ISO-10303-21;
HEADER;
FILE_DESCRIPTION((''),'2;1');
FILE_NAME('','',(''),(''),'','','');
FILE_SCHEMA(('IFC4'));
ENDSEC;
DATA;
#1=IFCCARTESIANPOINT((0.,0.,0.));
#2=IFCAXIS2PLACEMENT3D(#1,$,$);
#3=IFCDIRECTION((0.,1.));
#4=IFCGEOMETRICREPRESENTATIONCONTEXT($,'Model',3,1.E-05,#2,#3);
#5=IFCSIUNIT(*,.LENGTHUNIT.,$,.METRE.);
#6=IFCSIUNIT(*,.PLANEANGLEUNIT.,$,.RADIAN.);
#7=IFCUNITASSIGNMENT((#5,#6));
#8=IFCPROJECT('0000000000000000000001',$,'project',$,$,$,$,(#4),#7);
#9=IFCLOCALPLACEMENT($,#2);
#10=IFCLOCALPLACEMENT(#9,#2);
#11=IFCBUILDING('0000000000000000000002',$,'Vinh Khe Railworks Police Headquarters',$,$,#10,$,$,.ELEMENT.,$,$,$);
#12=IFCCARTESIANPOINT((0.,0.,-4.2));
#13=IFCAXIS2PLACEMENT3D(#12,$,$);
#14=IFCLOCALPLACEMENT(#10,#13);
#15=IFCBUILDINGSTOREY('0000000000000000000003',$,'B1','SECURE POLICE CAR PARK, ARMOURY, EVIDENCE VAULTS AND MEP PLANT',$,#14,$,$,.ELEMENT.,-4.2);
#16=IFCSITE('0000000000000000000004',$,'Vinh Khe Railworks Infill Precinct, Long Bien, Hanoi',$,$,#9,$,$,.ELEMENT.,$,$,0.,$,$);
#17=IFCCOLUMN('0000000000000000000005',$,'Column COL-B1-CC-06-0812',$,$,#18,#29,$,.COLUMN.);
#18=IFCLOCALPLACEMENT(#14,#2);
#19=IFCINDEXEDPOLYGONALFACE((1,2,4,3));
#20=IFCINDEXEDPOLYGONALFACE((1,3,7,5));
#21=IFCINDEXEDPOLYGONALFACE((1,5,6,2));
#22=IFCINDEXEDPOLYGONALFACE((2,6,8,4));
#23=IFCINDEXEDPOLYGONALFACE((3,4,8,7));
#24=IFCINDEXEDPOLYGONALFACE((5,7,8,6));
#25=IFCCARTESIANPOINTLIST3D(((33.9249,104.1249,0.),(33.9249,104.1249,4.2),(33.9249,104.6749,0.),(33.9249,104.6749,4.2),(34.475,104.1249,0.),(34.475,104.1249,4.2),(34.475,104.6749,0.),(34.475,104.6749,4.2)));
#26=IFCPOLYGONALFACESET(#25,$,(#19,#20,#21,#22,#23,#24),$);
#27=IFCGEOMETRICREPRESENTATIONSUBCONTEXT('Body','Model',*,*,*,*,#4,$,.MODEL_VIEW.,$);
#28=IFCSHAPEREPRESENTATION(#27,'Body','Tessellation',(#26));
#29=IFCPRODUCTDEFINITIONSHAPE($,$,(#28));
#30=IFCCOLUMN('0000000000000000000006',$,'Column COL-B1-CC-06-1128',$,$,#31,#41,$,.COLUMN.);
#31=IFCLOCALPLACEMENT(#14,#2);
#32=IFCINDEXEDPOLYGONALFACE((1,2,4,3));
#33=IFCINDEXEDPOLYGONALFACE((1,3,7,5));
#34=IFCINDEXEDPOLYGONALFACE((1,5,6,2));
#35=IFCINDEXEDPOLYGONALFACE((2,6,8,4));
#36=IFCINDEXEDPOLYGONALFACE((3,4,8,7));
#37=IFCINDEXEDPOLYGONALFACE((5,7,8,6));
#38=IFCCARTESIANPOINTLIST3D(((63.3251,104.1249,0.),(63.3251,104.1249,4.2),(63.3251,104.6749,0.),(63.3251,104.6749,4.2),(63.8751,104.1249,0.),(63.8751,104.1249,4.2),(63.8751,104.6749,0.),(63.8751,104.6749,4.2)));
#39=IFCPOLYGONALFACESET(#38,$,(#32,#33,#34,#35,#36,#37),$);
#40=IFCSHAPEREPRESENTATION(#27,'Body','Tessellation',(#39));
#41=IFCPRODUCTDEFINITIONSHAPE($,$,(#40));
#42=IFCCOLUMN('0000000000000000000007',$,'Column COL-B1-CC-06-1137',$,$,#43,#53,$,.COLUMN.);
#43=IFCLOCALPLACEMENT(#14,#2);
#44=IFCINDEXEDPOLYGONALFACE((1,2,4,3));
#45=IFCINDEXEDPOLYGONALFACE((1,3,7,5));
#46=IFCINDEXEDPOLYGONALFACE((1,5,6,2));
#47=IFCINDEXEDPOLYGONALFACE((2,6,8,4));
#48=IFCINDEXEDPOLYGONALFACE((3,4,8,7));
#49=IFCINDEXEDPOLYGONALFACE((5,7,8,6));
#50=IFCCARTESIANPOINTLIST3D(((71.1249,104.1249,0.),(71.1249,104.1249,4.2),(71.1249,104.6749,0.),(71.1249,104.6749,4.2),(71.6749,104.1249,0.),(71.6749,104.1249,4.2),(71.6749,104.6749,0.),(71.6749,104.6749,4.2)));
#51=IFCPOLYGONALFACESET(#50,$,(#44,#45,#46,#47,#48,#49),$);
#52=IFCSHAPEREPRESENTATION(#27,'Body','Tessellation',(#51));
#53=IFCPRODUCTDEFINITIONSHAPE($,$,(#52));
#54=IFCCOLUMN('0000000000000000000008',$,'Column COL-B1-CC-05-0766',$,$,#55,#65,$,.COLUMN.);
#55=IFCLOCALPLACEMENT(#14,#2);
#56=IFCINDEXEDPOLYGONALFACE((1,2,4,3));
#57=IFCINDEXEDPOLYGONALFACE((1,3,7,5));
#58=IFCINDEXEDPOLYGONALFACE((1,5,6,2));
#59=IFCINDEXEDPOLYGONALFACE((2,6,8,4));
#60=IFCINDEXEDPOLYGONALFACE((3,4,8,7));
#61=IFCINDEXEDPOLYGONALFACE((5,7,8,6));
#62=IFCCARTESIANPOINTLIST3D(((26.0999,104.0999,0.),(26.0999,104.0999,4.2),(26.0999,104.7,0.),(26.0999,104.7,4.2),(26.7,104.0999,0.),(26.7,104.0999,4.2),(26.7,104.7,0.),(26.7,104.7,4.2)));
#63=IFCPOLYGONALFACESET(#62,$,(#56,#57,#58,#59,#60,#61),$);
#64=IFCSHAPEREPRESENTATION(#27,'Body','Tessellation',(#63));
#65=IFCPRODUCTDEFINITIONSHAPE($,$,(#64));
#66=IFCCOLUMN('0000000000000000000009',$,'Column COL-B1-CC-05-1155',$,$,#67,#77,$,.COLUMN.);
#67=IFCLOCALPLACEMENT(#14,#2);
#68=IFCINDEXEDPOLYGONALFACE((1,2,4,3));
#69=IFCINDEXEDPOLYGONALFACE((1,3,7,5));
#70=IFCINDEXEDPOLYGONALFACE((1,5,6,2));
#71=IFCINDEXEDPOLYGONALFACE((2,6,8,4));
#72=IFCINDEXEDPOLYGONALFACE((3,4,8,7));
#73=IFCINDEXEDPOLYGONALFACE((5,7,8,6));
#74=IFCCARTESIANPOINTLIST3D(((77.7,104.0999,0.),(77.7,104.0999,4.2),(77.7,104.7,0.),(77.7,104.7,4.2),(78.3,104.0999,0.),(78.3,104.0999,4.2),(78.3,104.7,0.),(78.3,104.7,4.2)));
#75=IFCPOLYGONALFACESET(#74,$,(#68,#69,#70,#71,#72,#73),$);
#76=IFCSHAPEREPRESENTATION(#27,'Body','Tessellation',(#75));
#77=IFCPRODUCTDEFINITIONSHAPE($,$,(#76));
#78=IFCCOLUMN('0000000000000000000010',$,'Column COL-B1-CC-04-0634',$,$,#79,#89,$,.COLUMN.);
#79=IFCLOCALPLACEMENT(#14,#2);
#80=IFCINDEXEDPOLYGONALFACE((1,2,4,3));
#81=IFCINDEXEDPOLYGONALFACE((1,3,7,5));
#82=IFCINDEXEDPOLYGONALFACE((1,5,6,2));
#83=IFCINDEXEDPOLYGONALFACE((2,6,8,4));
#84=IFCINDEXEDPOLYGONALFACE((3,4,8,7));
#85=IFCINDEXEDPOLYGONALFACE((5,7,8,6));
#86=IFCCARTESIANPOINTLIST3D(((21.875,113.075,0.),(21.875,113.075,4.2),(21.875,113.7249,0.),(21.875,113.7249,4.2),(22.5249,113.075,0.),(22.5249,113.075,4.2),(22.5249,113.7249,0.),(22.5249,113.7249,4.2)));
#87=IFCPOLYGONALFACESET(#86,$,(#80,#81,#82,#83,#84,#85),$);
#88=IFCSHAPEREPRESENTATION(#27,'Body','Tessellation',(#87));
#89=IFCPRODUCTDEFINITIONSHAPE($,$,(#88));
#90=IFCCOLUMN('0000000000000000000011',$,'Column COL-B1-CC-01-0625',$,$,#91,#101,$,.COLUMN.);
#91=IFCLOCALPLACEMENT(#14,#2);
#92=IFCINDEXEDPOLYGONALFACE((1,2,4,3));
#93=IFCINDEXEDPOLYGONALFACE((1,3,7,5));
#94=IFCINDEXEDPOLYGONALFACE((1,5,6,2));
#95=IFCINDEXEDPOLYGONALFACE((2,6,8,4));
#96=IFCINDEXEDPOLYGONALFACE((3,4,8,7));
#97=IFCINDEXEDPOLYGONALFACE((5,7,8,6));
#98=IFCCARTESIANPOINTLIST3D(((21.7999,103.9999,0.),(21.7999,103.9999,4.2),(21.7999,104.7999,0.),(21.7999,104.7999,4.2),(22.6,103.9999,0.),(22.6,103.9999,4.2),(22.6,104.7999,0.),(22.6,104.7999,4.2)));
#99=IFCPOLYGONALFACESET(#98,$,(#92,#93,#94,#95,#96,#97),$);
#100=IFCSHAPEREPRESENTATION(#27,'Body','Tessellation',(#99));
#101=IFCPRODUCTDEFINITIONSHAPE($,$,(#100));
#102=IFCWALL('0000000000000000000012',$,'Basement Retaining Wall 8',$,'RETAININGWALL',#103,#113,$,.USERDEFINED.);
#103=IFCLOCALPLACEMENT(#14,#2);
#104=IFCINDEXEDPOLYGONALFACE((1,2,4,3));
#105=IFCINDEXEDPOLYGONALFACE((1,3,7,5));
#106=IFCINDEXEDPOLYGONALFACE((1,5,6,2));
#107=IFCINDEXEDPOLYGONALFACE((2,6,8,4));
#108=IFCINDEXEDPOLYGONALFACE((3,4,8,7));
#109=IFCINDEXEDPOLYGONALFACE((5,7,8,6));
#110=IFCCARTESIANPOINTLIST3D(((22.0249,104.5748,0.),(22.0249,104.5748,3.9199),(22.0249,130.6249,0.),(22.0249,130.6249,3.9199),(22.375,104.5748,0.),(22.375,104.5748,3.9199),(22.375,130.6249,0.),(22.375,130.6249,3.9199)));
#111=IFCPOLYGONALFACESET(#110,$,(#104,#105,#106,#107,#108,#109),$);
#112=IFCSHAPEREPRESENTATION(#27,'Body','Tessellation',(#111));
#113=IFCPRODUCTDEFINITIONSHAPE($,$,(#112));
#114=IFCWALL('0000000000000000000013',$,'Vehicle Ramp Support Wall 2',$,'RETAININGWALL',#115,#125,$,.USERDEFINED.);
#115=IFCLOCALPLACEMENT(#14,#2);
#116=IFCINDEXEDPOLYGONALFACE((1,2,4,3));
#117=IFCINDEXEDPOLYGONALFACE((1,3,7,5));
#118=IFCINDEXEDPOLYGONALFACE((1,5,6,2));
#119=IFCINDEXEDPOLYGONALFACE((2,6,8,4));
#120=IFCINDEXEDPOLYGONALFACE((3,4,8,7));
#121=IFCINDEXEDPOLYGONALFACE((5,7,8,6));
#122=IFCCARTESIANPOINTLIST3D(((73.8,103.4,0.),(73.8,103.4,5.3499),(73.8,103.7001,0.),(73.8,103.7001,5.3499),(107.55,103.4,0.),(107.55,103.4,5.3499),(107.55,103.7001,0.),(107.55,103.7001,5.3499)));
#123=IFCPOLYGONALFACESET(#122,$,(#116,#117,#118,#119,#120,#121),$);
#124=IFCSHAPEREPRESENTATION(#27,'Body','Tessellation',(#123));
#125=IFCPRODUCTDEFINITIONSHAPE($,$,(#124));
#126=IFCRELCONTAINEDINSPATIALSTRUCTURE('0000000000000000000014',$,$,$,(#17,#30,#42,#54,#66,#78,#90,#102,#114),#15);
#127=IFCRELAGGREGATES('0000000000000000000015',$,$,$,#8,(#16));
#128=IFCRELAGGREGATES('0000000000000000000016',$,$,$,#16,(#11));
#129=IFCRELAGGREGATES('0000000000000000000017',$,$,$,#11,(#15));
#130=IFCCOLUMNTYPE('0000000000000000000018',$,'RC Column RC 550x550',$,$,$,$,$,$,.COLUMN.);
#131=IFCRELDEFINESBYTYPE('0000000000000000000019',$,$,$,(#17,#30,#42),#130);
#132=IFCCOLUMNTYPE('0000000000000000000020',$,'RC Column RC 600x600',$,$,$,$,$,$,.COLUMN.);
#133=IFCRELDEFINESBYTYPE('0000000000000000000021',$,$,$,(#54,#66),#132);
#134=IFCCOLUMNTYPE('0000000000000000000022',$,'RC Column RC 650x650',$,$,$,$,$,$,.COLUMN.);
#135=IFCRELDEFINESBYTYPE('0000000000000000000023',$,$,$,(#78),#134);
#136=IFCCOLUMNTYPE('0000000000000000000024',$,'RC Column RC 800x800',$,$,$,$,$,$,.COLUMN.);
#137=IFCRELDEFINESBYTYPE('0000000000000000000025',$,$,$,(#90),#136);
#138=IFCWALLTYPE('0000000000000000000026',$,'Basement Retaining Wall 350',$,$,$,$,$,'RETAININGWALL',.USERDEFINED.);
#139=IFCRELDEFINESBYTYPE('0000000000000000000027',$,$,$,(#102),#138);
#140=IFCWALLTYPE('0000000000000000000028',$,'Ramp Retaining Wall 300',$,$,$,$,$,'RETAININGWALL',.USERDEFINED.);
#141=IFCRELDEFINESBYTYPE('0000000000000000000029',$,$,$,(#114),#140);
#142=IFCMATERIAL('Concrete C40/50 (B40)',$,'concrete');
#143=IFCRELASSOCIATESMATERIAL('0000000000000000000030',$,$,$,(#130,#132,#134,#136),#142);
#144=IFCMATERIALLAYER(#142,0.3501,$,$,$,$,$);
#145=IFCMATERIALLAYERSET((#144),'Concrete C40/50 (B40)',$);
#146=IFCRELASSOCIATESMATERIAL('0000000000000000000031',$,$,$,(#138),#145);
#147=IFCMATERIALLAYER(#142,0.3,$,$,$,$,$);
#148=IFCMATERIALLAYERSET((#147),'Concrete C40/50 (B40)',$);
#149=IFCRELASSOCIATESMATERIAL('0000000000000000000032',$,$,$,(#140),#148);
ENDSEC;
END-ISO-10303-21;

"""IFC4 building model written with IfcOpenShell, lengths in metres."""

from ifc_helpers import new_model, si_unit, direction, frame, frame_2d, origin, origin_2d, place, context, subcontext, project, spatial, rectangle, extrude, material, layer, layer_set, material_profile, profile_set, type_object, element, save


model = new_model("IFC4")

# Units and contexts
model_context = context("Model", 3, precision=1e-05, world=origin(), true_north=direction((0.0, 1.0)))
body_context = subcontext(model_context, "Body", "Model", "MODEL_VIEW")
ifc_project = project(units=[si_unit("LENGTHUNIT", "METRE"), si_unit("PLANEANGLEUNIT", "RADIAN")], contexts=[model_context])

# Site, building, storey
site_placement = place(None, origin())
site = spatial("IfcSite", under=ifc_project, at=site_placement, Name="Vinh Khe Railworks Infill Precinct, Long Bien, Hanoi", CompositionType="ELEMENT", RefElevation=0.0)
building_placement = place(site_placement, origin())
building = spatial("IfcBuilding", under=site, at=building_placement, Name="Vinh Khe Railworks Police Headquarters", CompositionType="ELEMENT")
storey_placement = place(building_placement, frame((0.0, 0.0, -4.2)))
storey = spatial("IfcBuildingStorey", under=building, at=storey_placement, Name="B1", Description="SECURE POLICE CAR PARK, ARMOURY, EVIDENCE VAULTS AND MEP PLANT", CompositionType="ELEMENT", Elevation=-4.2)

# Columns
ifc_material_1 = material(Name="Concrete C40/50 (B40)", Category="concrete")
ifc_material_profile_1 = material_profile(ifc_material_1, rectangle(XDim=0.55, YDim=0.55, at=origin_2d()), Name="RC 550x550")
ifc_profile_set_1 = profile_set([ifc_material_profile_1], Name="Concrete C40/50 (B40)")
column_type_1 = type_object("IfcColumnType", Name="RC Column RC 550x550", PredefinedType="COLUMN", material=ifc_profile_set_1)
for number, where, z_axis, x_axis, name in (
    (1, (34.2, 104.3999, 0.0), (0.0, 0.0, 1.0), (1.0, 0.0, 0.0), "Column COL-B1-CC-06-0812"),
    (2, (63.6001, 104.3999, 0.0), (0.0, 0.0, 1.0), (1.0, 0.0, 0.0), "Column COL-B1-CC-06-1128"),
    (3, (71.3999, 104.3999, 0.0), (0.0, 0.0, 1.0), (1.0, 0.0, 0.0), "Column COL-B1-CC-06-1137"),
):
    element("IfcColumn", number, at=place(storey_placement, frame(where, z_axis=z_axis, x_axis=x_axis)), inside=storey, type_object=column_type_1, Name=name, PredefinedType="COLUMN", context=body_context, shape_type="SweptSolid", body=[
        extrude(rectangle(XDim=0.55, YDim=0.55, at=origin_2d()), origin(), (0.0, 0.0, 1.0), 4.2),
    ])
ifc_material_profile_2 = material_profile(ifc_material_1, rectangle(XDim=0.6001, YDim=0.6001, at=origin_2d()), Name="RC 600x600")
ifc_profile_set_2 = profile_set([ifc_material_profile_2], Name="Concrete C40/50 (B40)")
column_type_2 = type_object("IfcColumnType", Name="RC Column RC 600x600", PredefinedType="COLUMN", material=ifc_profile_set_2)
for number, where, z_axis, x_axis, name in (
    (4, (26.3999, 104.3999, 0.0), (0.0, 0.0, 1.0), (1.0, 0.0, 0.0), "Column COL-B1-CC-05-0766"),
    (5, (78.0, 104.3999, 0.0), (0.0, 0.0, 1.0), (1.0, 0.0, 0.0), "Column COL-B1-CC-05-1155"),
):
    element("IfcColumn", number, at=place(storey_placement, frame(where, z_axis=z_axis, x_axis=x_axis)), inside=storey, type_object=column_type_2, Name=name, PredefinedType="COLUMN", context=body_context, shape_type="SweptSolid", body=[
        extrude(rectangle(XDim=0.6001, YDim=0.6001, at=origin_2d()), origin(), (0.0, 0.0, 1.0), 4.2),
    ])
ifc_material_profile_3 = material_profile(ifc_material_1, rectangle(XDim=0.6499, YDim=0.6499, at=origin_2d()), Name="RC 650x650")
ifc_profile_set_3 = profile_set([ifc_material_profile_3], Name="Concrete C40/50 (B40)")
column_type_3 = type_object("IfcColumnType", Name="RC Column RC 650x650", PredefinedType="COLUMN", material=ifc_profile_set_3)
column_1_placement = place(storey_placement, frame((22.2, 113.3999, 0.0), z_axis=(0.0, 0.0, 1.0), x_axis=(1.0, 0.0, 0.0)))
element("IfcColumn", 6, at=column_1_placement, inside=storey, type_object=column_type_3, Name="Column COL-B1-CC-04-0634", PredefinedType="COLUMN", context=body_context, shape_type="SweptSolid", body=[
    extrude(rectangle(XDim=0.6499, YDim=0.6499, at=origin_2d()), origin(), (0.0, 0.0, 1.0), 4.2),
])
ifc_material_profile_4 = material_profile(ifc_material_1, rectangle(XDim=0.8, YDim=0.8, at=origin_2d()), Name="RC 800x800")
ifc_profile_set_4 = profile_set([ifc_material_profile_4], Name="Concrete C40/50 (B40)")
column_type_4 = type_object("IfcColumnType", Name="RC Column RC 800x800", PredefinedType="COLUMN", material=ifc_profile_set_4)
column_2_placement = place(storey_placement, frame((22.2, 104.3999, 0.0), z_axis=(0.0, 0.0, 1.0), x_axis=(1.0, 0.0, 0.0)))
element("IfcColumn", 7, at=column_2_placement, inside=storey, type_object=column_type_4, Name="Column COL-B1-CC-01-0625", PredefinedType="COLUMN", context=body_context, shape_type="SweptSolid", body=[
    extrude(rectangle(XDim=0.8, YDim=0.8, at=origin_2d()), origin(), (0.0, 0.0, 1.0), 4.2),
])

# Walls
ifc_layer_1 = layer(ifc_material_1, 0.3501)
ifc_layer_set_1 = layer_set([ifc_layer_1], Name="Concrete C40/50 (B40)")
wall_type_1 = type_object("IfcWallType", Name="Basement Retaining Wall 350", ElementType="RETAININGWALL", PredefinedType="USERDEFINED", material=ifc_layer_set_1)
wall_1_placement = place(storey_placement, frame((22.2, 104.575, 0.0), z_axis=(0.0, 0.0, 1.0), x_axis=(0.0, 1.0, 0.0)))
element("IfcWall", 8, at=wall_1_placement, inside=storey, type_object=wall_type_1, Name="Basement Retaining Wall 8", ObjectType="RETAININGWALL", PredefinedType="USERDEFINED", context=body_context, shape_type="SweptSolid", body=[
    extrude(rectangle(XDim=26.05, YDim=0.3501, at=frame_2d((13.0249, 0.0))), origin(), (0.0, 0.0, 1.0), 3.9199),
])
ifc_layer_2 = layer(ifc_material_1, 0.3)
ifc_layer_set_2 = layer_set([ifc_layer_2], Name="Concrete C40/50 (B40)")
wall_type_2 = type_object("IfcWallType", Name="Ramp Retaining Wall 300", ElementType="RETAININGWALL", PredefinedType="USERDEFINED", material=ifc_layer_set_2)
wall_2_placement = place(storey_placement, frame((73.8, 103.55, 0.0), z_axis=(0.0, 0.0, 1.0), x_axis=(1.0, 0.0, 0.0)))
element("IfcWall", 9, at=wall_2_placement, inside=storey, type_object=wall_type_2, Name="Vehicle Ramp Support Wall 2", ObjectType="RETAININGWALL", PredefinedType="USERDEFINED", context=body_context, shape_type="SweptSolid", body=[
    extrude(rectangle(XDim=33.75, YDim=0.3, at=frame_2d((16.875, 0.0))), origin(), (0.0, 0.0, 1.0), 5.3499),
])

save(model, "model.ifc")
